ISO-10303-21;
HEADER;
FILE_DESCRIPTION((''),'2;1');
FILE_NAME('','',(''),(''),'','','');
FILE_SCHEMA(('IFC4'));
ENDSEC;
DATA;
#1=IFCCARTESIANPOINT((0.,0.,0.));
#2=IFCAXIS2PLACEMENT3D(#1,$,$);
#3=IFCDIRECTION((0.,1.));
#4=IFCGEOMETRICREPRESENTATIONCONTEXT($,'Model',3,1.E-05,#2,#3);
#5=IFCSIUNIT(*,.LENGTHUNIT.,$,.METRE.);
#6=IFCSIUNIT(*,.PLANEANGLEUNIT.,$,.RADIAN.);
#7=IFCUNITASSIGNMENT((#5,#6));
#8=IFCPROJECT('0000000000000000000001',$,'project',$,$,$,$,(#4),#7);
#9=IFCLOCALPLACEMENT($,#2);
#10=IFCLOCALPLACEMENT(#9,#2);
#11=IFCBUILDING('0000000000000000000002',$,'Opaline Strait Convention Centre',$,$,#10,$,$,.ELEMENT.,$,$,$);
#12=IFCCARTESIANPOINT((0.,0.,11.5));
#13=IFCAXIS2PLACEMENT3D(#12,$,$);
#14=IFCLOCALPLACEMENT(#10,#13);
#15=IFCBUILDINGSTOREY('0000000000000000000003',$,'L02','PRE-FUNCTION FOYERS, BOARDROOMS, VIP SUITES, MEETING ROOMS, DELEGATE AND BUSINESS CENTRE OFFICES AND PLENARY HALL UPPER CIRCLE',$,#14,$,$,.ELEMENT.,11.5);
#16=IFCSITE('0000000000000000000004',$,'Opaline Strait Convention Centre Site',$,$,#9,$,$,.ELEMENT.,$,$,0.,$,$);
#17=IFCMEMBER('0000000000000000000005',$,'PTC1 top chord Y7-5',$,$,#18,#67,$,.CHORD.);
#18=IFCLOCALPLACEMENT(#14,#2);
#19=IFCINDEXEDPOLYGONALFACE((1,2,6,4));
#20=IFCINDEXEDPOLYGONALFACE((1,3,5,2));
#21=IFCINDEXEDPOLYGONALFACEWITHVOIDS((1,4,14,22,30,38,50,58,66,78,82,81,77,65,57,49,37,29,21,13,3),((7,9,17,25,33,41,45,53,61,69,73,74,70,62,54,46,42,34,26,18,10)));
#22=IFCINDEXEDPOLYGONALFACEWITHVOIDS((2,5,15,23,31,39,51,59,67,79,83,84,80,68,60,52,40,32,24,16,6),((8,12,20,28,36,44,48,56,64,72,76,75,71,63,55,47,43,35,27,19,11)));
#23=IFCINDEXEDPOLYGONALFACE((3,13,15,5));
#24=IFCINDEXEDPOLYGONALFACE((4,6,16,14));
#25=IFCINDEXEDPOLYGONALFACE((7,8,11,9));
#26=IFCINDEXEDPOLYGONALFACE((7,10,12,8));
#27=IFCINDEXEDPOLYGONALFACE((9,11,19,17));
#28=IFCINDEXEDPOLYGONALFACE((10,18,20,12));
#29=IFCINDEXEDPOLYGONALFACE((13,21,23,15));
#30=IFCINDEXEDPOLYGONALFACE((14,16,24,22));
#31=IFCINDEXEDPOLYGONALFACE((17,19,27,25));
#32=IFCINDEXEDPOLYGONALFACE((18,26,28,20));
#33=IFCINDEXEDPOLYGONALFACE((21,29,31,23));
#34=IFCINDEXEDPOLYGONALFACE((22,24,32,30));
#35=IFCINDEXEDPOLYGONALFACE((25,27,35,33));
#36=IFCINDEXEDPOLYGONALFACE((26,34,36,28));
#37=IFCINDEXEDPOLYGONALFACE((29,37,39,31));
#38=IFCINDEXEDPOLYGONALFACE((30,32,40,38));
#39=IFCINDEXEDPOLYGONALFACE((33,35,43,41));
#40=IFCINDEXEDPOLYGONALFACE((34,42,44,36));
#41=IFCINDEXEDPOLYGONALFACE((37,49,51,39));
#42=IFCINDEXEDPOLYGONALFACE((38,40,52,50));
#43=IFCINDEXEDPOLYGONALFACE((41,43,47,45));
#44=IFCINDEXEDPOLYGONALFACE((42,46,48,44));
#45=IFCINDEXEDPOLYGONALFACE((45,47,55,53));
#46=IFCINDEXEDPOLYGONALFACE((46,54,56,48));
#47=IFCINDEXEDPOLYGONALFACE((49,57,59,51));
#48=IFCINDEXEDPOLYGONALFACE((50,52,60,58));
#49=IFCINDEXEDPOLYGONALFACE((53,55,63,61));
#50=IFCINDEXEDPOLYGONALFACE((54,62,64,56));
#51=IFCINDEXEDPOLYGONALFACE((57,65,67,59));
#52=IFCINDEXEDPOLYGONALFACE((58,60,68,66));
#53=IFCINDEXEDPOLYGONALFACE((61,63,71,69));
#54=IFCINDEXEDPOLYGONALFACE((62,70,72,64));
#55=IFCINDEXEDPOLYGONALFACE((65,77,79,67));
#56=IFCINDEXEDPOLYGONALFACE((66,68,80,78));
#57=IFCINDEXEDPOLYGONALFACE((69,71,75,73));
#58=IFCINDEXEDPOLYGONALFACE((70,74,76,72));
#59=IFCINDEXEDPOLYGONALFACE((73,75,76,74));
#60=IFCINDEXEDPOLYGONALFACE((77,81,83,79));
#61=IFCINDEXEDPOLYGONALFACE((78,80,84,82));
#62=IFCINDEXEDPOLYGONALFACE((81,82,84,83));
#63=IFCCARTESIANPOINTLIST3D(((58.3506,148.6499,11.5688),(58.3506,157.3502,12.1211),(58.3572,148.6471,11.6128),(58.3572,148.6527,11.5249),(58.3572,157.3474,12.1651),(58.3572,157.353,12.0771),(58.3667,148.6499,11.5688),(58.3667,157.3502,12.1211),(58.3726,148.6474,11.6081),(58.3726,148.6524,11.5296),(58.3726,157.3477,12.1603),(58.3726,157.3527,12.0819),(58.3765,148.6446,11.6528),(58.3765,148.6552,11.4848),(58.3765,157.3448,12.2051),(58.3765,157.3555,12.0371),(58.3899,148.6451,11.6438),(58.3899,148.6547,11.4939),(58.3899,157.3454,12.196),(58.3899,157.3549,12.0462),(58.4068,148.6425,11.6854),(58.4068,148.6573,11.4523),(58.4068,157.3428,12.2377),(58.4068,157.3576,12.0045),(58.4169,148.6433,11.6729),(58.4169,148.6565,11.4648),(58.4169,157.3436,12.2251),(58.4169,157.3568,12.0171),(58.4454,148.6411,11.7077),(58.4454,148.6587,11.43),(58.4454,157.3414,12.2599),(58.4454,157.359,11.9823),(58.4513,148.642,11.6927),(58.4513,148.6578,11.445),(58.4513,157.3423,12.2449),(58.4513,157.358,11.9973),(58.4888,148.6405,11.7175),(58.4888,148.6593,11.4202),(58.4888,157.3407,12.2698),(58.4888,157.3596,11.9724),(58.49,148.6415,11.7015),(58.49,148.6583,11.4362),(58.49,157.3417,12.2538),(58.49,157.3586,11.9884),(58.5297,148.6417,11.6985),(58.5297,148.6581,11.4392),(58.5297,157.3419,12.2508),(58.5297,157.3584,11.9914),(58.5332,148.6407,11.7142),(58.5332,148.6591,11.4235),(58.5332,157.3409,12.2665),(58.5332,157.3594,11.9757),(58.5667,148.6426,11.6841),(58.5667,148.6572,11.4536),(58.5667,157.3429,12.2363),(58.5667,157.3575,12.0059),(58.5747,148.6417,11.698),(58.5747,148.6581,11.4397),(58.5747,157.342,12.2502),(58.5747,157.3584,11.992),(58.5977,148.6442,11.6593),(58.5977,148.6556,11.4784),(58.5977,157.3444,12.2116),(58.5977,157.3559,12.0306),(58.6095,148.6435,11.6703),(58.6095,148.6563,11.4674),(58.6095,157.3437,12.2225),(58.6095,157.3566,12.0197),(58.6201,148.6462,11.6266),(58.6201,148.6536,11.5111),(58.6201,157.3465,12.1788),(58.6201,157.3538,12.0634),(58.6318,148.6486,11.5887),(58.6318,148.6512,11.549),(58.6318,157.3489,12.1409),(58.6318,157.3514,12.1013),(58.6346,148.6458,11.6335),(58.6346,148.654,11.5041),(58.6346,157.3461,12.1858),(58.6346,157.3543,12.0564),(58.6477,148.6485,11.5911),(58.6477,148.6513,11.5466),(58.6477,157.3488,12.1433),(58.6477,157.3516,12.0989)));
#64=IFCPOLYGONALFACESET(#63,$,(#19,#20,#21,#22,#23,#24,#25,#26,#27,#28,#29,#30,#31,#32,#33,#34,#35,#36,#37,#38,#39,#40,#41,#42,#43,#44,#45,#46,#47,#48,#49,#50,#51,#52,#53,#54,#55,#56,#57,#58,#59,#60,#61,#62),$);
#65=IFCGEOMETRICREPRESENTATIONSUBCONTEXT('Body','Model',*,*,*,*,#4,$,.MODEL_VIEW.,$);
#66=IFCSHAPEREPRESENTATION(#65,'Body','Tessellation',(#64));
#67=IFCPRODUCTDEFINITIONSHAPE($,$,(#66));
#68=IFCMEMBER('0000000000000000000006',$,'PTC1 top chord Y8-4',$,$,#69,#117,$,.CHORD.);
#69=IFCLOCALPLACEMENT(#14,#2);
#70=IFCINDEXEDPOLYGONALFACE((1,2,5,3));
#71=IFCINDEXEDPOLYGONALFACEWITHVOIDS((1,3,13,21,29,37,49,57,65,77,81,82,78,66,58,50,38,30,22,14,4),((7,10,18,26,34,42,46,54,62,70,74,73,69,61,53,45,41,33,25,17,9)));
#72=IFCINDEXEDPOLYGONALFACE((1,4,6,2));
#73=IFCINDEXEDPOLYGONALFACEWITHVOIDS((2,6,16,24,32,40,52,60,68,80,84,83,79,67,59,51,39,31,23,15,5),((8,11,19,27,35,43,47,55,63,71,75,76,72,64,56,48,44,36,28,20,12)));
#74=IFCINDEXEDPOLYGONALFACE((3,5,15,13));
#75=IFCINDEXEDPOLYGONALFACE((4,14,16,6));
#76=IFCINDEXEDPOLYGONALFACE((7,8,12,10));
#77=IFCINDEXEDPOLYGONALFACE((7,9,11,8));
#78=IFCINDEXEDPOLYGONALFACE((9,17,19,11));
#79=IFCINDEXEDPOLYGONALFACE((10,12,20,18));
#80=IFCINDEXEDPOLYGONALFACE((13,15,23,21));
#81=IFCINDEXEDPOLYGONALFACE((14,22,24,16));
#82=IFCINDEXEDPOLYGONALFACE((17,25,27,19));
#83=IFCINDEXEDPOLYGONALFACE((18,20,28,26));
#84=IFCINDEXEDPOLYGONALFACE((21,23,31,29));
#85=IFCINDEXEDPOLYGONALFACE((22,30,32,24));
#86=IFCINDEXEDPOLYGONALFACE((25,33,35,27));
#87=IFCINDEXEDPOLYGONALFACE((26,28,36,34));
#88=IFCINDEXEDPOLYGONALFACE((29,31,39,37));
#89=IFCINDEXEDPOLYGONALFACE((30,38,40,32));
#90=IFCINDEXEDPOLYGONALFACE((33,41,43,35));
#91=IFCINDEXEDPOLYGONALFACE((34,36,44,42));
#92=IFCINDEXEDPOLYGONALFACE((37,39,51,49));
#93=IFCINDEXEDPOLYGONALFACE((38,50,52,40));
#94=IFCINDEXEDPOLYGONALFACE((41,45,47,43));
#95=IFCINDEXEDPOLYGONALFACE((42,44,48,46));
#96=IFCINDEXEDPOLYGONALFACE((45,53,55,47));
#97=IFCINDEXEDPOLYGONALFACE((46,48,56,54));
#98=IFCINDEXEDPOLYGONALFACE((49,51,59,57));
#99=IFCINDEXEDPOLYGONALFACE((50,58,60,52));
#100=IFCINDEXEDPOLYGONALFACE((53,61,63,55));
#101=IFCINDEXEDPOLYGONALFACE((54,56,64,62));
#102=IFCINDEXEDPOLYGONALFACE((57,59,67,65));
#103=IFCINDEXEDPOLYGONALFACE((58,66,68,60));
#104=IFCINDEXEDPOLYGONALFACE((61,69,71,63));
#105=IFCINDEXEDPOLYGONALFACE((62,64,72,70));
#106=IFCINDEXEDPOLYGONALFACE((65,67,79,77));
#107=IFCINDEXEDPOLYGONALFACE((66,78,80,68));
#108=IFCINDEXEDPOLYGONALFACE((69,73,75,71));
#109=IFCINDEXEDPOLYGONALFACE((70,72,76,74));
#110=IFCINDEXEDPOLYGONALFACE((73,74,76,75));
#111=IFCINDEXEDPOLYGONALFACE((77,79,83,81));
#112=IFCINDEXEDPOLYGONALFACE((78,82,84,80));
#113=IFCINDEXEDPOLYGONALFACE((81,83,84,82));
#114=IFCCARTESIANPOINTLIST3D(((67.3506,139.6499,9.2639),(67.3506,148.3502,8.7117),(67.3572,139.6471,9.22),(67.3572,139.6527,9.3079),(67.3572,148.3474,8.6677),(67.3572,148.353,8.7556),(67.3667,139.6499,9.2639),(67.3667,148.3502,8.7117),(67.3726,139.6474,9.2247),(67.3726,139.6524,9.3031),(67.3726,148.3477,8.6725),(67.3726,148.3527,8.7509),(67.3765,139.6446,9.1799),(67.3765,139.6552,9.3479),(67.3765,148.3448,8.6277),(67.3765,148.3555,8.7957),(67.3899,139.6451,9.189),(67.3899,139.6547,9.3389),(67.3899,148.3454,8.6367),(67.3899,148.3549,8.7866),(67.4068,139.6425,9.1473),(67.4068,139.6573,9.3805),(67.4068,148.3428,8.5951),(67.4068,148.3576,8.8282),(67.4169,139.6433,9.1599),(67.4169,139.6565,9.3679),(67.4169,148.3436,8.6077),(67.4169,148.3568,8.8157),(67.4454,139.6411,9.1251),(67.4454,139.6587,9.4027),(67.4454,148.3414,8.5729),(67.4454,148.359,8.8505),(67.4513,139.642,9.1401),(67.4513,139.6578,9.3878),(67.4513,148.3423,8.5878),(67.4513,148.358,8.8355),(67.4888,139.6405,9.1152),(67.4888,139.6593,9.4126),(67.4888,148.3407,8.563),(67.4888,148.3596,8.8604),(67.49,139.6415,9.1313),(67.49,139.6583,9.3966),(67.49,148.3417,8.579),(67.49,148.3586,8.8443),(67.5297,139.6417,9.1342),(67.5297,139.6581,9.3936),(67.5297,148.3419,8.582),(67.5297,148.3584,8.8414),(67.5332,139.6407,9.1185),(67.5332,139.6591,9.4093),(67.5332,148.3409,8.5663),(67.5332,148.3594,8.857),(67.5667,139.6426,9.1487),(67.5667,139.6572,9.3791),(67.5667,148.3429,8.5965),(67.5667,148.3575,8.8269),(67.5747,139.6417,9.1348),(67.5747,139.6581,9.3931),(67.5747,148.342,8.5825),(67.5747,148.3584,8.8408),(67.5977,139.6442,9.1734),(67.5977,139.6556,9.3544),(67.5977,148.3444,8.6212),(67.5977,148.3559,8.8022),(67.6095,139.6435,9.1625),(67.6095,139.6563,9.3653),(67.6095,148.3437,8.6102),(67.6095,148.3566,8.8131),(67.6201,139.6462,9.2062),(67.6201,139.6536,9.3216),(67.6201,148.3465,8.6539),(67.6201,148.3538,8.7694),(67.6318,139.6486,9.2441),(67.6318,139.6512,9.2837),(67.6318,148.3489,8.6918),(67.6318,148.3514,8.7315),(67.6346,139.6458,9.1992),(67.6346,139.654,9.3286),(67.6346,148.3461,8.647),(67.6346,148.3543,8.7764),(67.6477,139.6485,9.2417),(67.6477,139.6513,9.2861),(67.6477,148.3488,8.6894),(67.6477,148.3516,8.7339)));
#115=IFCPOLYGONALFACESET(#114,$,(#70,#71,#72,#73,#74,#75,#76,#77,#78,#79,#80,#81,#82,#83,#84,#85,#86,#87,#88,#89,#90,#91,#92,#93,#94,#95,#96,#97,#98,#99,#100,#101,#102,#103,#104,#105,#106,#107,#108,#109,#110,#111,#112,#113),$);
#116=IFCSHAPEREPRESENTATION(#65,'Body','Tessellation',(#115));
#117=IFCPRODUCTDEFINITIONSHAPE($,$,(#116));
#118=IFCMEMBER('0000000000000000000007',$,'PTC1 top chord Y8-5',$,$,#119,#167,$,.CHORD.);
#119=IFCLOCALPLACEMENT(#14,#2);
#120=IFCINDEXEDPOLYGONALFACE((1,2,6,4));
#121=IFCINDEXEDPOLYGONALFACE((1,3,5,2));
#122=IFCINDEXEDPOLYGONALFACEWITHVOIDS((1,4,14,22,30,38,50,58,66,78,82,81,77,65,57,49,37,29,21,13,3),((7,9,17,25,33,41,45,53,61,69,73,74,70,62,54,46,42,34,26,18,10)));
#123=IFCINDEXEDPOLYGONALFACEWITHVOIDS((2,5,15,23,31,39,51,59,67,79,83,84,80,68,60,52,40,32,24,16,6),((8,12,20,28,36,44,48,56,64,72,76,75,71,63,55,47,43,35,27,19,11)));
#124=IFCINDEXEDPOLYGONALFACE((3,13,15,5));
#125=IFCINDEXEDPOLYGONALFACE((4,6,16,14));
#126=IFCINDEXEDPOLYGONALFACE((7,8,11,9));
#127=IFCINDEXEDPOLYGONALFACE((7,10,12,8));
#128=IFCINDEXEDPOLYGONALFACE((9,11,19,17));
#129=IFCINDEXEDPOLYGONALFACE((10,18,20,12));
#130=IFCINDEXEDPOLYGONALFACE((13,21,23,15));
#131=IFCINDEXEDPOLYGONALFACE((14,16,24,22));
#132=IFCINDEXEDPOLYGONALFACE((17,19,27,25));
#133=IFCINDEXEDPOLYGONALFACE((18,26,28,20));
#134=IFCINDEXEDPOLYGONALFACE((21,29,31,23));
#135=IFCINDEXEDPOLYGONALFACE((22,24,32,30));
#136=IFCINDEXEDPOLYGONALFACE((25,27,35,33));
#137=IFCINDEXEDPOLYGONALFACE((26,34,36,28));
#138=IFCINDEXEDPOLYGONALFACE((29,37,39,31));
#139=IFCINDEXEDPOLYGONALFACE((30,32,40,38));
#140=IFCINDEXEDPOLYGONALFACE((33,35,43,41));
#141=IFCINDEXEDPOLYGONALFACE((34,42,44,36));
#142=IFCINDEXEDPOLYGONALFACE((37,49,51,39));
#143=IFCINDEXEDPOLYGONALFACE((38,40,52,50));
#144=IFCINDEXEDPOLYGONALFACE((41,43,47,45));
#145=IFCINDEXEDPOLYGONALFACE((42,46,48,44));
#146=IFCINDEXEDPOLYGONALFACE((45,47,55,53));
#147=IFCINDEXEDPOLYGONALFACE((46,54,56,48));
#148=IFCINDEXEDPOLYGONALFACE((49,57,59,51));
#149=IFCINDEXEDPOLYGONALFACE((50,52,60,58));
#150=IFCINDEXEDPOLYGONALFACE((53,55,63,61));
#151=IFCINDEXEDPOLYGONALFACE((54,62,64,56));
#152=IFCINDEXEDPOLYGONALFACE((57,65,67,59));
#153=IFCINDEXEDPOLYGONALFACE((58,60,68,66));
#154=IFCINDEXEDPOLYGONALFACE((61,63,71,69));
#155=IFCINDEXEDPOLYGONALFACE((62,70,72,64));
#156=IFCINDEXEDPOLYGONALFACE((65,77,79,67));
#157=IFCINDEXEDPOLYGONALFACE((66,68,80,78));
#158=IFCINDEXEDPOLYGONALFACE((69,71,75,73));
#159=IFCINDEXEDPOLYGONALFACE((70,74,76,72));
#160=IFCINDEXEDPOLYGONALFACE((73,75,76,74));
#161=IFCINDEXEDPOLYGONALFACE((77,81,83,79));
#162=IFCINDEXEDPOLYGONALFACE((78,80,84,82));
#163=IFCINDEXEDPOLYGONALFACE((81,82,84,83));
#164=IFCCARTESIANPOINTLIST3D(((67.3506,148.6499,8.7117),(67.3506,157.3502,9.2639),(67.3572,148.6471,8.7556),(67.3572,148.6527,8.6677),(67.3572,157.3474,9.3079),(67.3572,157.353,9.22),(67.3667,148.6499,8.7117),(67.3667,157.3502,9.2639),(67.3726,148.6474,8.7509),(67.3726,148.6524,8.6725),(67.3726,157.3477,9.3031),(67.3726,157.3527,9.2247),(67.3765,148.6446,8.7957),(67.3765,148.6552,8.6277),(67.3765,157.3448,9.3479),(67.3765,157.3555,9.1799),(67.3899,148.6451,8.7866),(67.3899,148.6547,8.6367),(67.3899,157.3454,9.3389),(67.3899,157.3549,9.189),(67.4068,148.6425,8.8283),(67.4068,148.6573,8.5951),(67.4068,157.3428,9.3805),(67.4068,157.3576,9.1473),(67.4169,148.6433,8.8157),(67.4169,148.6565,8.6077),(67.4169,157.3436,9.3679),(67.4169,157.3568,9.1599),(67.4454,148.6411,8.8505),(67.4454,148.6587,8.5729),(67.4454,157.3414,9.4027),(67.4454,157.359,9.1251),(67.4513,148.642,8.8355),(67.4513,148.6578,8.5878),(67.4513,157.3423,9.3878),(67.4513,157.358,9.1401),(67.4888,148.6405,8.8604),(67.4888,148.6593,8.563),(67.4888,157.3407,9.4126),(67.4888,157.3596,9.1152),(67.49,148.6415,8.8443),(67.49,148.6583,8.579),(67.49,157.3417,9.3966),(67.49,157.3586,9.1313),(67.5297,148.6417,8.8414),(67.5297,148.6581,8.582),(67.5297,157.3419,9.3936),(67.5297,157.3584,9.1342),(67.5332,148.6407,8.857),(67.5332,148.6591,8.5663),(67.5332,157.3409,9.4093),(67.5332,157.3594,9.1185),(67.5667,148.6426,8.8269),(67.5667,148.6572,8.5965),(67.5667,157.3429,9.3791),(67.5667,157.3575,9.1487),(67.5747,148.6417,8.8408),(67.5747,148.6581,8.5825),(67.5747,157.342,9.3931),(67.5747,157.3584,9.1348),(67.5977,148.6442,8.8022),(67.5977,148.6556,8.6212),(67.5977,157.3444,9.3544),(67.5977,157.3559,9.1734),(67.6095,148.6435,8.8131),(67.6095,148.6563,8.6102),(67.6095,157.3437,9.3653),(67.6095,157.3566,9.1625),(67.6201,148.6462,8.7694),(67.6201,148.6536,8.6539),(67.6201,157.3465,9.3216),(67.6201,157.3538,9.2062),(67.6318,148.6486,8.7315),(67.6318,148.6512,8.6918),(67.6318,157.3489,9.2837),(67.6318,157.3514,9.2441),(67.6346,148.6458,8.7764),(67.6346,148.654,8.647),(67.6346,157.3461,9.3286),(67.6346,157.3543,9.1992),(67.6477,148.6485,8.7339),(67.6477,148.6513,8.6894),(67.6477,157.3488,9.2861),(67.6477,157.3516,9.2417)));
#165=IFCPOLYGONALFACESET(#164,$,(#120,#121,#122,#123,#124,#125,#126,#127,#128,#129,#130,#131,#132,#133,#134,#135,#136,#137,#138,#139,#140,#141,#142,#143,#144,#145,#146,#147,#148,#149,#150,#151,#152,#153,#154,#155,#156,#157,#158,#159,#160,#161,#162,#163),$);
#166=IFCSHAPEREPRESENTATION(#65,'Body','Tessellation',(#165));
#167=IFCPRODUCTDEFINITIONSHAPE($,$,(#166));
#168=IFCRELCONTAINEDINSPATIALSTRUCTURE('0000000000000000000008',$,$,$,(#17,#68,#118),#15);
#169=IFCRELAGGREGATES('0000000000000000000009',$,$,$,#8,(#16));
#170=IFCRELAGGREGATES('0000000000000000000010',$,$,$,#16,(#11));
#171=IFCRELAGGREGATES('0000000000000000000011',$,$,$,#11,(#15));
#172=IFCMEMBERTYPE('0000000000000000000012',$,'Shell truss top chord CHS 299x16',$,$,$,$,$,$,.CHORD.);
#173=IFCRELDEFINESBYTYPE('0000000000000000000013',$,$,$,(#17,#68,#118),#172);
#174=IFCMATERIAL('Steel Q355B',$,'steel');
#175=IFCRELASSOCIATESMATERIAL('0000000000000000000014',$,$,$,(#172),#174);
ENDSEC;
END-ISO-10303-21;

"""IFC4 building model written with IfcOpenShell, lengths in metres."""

from ifc_helpers import new_model, si_unit, direction, frame, origin, origin_2d, place, context, subcontext, project, spatial, hollow_circle, extrude, material, material_profile, profile_set, type_object, element, save


model = new_model("IFC4")

# Units and contexts
model_context = context("Model", 3, precision=1e-05, world=origin(), true_north=direction((0.0, 1.0)))
body_context = subcontext(model_context, "Body", "Model", "MODEL_VIEW")
ifc_project = project(units=[si_unit("LENGTHUNIT", "METRE"), si_unit("PLANEANGLEUNIT", "RADIAN")], contexts=[model_context])

# Site, building, storey
site_placement = place(None, origin())
site = spatial("IfcSite", under=ifc_project, at=site_placement, Name="Opaline Strait Convention Centre Site", CompositionType="ELEMENT", RefElevation=0.0)
building_placement = place(site_placement, origin())
building = spatial("IfcBuilding", under=site, at=building_placement, Name="Opaline Strait Convention Centre", CompositionType="ELEMENT")
storey_placement = place(building_placement, frame((0.0, 0.0, 11.5)))
storey = spatial("IfcBuildingStorey", under=building, at=storey_placement, Name="L02", Description="PRE-FUNCTION FOYERS, BOARDROOMS, VIP SUITES, MEETING ROOMS, DELEGATE AND BUSINESS CENTRE OFFICES AND PLENARY HALL UPPER CIRCLE", CompositionType="ELEMENT", Elevation=11.5)

# Members
ifc_material_1 = material(Name="Steel Q355B", Category="steel")
ifc_material_profile_1 = material_profile(ifc_material_1, hollow_circle(Radius=0.1494, WallThickness=0.0161, at=origin_2d()), Name="CHS 299x16")
ifc_profile_set_1 = profile_set([ifc_material_profile_1], Name="Steel Q355B")
member_type_1 = type_object("IfcMemberType", Name="Shell truss top chord CHS 299x16", PredefinedType="CHORD", material=ifc_profile_set_1)
for number, where, z_axis, x_axis, name in (
    (1, (58.5, 148.6499, 11.5688), (0.0, 0.997992, 0.063348), (-1.0, 0.0, 0.0), "PTC1 top chord Y7-5"),
    (2, (67.5, 139.6499, 9.2639), (0.0, 0.997992, -0.063348), (-1.0, 0.0, 0.0), "PTC1 top chord Y8-4"),
    (3, (67.5, 148.6499, 8.7117), (0.0, 0.997992, 0.063348), (-1.0, 0.0, 0.0), "PTC1 top chord Y8-5"),
):
    element("IfcMember", number, at=place(storey_placement, frame(where, z_axis=z_axis, x_axis=x_axis)), inside=storey, type_object=member_type_1, Name=name, PredefinedType="CHORD", context=body_context, shape_type="SweptSolid", body=[
        extrude(hollow_circle(Radius=0.1494, WallThickness=0.0161, at=origin_2d()), origin(), (0.0, 0.0, 1.0), 8.7178),
    ])

save(model, "model.ifc")
